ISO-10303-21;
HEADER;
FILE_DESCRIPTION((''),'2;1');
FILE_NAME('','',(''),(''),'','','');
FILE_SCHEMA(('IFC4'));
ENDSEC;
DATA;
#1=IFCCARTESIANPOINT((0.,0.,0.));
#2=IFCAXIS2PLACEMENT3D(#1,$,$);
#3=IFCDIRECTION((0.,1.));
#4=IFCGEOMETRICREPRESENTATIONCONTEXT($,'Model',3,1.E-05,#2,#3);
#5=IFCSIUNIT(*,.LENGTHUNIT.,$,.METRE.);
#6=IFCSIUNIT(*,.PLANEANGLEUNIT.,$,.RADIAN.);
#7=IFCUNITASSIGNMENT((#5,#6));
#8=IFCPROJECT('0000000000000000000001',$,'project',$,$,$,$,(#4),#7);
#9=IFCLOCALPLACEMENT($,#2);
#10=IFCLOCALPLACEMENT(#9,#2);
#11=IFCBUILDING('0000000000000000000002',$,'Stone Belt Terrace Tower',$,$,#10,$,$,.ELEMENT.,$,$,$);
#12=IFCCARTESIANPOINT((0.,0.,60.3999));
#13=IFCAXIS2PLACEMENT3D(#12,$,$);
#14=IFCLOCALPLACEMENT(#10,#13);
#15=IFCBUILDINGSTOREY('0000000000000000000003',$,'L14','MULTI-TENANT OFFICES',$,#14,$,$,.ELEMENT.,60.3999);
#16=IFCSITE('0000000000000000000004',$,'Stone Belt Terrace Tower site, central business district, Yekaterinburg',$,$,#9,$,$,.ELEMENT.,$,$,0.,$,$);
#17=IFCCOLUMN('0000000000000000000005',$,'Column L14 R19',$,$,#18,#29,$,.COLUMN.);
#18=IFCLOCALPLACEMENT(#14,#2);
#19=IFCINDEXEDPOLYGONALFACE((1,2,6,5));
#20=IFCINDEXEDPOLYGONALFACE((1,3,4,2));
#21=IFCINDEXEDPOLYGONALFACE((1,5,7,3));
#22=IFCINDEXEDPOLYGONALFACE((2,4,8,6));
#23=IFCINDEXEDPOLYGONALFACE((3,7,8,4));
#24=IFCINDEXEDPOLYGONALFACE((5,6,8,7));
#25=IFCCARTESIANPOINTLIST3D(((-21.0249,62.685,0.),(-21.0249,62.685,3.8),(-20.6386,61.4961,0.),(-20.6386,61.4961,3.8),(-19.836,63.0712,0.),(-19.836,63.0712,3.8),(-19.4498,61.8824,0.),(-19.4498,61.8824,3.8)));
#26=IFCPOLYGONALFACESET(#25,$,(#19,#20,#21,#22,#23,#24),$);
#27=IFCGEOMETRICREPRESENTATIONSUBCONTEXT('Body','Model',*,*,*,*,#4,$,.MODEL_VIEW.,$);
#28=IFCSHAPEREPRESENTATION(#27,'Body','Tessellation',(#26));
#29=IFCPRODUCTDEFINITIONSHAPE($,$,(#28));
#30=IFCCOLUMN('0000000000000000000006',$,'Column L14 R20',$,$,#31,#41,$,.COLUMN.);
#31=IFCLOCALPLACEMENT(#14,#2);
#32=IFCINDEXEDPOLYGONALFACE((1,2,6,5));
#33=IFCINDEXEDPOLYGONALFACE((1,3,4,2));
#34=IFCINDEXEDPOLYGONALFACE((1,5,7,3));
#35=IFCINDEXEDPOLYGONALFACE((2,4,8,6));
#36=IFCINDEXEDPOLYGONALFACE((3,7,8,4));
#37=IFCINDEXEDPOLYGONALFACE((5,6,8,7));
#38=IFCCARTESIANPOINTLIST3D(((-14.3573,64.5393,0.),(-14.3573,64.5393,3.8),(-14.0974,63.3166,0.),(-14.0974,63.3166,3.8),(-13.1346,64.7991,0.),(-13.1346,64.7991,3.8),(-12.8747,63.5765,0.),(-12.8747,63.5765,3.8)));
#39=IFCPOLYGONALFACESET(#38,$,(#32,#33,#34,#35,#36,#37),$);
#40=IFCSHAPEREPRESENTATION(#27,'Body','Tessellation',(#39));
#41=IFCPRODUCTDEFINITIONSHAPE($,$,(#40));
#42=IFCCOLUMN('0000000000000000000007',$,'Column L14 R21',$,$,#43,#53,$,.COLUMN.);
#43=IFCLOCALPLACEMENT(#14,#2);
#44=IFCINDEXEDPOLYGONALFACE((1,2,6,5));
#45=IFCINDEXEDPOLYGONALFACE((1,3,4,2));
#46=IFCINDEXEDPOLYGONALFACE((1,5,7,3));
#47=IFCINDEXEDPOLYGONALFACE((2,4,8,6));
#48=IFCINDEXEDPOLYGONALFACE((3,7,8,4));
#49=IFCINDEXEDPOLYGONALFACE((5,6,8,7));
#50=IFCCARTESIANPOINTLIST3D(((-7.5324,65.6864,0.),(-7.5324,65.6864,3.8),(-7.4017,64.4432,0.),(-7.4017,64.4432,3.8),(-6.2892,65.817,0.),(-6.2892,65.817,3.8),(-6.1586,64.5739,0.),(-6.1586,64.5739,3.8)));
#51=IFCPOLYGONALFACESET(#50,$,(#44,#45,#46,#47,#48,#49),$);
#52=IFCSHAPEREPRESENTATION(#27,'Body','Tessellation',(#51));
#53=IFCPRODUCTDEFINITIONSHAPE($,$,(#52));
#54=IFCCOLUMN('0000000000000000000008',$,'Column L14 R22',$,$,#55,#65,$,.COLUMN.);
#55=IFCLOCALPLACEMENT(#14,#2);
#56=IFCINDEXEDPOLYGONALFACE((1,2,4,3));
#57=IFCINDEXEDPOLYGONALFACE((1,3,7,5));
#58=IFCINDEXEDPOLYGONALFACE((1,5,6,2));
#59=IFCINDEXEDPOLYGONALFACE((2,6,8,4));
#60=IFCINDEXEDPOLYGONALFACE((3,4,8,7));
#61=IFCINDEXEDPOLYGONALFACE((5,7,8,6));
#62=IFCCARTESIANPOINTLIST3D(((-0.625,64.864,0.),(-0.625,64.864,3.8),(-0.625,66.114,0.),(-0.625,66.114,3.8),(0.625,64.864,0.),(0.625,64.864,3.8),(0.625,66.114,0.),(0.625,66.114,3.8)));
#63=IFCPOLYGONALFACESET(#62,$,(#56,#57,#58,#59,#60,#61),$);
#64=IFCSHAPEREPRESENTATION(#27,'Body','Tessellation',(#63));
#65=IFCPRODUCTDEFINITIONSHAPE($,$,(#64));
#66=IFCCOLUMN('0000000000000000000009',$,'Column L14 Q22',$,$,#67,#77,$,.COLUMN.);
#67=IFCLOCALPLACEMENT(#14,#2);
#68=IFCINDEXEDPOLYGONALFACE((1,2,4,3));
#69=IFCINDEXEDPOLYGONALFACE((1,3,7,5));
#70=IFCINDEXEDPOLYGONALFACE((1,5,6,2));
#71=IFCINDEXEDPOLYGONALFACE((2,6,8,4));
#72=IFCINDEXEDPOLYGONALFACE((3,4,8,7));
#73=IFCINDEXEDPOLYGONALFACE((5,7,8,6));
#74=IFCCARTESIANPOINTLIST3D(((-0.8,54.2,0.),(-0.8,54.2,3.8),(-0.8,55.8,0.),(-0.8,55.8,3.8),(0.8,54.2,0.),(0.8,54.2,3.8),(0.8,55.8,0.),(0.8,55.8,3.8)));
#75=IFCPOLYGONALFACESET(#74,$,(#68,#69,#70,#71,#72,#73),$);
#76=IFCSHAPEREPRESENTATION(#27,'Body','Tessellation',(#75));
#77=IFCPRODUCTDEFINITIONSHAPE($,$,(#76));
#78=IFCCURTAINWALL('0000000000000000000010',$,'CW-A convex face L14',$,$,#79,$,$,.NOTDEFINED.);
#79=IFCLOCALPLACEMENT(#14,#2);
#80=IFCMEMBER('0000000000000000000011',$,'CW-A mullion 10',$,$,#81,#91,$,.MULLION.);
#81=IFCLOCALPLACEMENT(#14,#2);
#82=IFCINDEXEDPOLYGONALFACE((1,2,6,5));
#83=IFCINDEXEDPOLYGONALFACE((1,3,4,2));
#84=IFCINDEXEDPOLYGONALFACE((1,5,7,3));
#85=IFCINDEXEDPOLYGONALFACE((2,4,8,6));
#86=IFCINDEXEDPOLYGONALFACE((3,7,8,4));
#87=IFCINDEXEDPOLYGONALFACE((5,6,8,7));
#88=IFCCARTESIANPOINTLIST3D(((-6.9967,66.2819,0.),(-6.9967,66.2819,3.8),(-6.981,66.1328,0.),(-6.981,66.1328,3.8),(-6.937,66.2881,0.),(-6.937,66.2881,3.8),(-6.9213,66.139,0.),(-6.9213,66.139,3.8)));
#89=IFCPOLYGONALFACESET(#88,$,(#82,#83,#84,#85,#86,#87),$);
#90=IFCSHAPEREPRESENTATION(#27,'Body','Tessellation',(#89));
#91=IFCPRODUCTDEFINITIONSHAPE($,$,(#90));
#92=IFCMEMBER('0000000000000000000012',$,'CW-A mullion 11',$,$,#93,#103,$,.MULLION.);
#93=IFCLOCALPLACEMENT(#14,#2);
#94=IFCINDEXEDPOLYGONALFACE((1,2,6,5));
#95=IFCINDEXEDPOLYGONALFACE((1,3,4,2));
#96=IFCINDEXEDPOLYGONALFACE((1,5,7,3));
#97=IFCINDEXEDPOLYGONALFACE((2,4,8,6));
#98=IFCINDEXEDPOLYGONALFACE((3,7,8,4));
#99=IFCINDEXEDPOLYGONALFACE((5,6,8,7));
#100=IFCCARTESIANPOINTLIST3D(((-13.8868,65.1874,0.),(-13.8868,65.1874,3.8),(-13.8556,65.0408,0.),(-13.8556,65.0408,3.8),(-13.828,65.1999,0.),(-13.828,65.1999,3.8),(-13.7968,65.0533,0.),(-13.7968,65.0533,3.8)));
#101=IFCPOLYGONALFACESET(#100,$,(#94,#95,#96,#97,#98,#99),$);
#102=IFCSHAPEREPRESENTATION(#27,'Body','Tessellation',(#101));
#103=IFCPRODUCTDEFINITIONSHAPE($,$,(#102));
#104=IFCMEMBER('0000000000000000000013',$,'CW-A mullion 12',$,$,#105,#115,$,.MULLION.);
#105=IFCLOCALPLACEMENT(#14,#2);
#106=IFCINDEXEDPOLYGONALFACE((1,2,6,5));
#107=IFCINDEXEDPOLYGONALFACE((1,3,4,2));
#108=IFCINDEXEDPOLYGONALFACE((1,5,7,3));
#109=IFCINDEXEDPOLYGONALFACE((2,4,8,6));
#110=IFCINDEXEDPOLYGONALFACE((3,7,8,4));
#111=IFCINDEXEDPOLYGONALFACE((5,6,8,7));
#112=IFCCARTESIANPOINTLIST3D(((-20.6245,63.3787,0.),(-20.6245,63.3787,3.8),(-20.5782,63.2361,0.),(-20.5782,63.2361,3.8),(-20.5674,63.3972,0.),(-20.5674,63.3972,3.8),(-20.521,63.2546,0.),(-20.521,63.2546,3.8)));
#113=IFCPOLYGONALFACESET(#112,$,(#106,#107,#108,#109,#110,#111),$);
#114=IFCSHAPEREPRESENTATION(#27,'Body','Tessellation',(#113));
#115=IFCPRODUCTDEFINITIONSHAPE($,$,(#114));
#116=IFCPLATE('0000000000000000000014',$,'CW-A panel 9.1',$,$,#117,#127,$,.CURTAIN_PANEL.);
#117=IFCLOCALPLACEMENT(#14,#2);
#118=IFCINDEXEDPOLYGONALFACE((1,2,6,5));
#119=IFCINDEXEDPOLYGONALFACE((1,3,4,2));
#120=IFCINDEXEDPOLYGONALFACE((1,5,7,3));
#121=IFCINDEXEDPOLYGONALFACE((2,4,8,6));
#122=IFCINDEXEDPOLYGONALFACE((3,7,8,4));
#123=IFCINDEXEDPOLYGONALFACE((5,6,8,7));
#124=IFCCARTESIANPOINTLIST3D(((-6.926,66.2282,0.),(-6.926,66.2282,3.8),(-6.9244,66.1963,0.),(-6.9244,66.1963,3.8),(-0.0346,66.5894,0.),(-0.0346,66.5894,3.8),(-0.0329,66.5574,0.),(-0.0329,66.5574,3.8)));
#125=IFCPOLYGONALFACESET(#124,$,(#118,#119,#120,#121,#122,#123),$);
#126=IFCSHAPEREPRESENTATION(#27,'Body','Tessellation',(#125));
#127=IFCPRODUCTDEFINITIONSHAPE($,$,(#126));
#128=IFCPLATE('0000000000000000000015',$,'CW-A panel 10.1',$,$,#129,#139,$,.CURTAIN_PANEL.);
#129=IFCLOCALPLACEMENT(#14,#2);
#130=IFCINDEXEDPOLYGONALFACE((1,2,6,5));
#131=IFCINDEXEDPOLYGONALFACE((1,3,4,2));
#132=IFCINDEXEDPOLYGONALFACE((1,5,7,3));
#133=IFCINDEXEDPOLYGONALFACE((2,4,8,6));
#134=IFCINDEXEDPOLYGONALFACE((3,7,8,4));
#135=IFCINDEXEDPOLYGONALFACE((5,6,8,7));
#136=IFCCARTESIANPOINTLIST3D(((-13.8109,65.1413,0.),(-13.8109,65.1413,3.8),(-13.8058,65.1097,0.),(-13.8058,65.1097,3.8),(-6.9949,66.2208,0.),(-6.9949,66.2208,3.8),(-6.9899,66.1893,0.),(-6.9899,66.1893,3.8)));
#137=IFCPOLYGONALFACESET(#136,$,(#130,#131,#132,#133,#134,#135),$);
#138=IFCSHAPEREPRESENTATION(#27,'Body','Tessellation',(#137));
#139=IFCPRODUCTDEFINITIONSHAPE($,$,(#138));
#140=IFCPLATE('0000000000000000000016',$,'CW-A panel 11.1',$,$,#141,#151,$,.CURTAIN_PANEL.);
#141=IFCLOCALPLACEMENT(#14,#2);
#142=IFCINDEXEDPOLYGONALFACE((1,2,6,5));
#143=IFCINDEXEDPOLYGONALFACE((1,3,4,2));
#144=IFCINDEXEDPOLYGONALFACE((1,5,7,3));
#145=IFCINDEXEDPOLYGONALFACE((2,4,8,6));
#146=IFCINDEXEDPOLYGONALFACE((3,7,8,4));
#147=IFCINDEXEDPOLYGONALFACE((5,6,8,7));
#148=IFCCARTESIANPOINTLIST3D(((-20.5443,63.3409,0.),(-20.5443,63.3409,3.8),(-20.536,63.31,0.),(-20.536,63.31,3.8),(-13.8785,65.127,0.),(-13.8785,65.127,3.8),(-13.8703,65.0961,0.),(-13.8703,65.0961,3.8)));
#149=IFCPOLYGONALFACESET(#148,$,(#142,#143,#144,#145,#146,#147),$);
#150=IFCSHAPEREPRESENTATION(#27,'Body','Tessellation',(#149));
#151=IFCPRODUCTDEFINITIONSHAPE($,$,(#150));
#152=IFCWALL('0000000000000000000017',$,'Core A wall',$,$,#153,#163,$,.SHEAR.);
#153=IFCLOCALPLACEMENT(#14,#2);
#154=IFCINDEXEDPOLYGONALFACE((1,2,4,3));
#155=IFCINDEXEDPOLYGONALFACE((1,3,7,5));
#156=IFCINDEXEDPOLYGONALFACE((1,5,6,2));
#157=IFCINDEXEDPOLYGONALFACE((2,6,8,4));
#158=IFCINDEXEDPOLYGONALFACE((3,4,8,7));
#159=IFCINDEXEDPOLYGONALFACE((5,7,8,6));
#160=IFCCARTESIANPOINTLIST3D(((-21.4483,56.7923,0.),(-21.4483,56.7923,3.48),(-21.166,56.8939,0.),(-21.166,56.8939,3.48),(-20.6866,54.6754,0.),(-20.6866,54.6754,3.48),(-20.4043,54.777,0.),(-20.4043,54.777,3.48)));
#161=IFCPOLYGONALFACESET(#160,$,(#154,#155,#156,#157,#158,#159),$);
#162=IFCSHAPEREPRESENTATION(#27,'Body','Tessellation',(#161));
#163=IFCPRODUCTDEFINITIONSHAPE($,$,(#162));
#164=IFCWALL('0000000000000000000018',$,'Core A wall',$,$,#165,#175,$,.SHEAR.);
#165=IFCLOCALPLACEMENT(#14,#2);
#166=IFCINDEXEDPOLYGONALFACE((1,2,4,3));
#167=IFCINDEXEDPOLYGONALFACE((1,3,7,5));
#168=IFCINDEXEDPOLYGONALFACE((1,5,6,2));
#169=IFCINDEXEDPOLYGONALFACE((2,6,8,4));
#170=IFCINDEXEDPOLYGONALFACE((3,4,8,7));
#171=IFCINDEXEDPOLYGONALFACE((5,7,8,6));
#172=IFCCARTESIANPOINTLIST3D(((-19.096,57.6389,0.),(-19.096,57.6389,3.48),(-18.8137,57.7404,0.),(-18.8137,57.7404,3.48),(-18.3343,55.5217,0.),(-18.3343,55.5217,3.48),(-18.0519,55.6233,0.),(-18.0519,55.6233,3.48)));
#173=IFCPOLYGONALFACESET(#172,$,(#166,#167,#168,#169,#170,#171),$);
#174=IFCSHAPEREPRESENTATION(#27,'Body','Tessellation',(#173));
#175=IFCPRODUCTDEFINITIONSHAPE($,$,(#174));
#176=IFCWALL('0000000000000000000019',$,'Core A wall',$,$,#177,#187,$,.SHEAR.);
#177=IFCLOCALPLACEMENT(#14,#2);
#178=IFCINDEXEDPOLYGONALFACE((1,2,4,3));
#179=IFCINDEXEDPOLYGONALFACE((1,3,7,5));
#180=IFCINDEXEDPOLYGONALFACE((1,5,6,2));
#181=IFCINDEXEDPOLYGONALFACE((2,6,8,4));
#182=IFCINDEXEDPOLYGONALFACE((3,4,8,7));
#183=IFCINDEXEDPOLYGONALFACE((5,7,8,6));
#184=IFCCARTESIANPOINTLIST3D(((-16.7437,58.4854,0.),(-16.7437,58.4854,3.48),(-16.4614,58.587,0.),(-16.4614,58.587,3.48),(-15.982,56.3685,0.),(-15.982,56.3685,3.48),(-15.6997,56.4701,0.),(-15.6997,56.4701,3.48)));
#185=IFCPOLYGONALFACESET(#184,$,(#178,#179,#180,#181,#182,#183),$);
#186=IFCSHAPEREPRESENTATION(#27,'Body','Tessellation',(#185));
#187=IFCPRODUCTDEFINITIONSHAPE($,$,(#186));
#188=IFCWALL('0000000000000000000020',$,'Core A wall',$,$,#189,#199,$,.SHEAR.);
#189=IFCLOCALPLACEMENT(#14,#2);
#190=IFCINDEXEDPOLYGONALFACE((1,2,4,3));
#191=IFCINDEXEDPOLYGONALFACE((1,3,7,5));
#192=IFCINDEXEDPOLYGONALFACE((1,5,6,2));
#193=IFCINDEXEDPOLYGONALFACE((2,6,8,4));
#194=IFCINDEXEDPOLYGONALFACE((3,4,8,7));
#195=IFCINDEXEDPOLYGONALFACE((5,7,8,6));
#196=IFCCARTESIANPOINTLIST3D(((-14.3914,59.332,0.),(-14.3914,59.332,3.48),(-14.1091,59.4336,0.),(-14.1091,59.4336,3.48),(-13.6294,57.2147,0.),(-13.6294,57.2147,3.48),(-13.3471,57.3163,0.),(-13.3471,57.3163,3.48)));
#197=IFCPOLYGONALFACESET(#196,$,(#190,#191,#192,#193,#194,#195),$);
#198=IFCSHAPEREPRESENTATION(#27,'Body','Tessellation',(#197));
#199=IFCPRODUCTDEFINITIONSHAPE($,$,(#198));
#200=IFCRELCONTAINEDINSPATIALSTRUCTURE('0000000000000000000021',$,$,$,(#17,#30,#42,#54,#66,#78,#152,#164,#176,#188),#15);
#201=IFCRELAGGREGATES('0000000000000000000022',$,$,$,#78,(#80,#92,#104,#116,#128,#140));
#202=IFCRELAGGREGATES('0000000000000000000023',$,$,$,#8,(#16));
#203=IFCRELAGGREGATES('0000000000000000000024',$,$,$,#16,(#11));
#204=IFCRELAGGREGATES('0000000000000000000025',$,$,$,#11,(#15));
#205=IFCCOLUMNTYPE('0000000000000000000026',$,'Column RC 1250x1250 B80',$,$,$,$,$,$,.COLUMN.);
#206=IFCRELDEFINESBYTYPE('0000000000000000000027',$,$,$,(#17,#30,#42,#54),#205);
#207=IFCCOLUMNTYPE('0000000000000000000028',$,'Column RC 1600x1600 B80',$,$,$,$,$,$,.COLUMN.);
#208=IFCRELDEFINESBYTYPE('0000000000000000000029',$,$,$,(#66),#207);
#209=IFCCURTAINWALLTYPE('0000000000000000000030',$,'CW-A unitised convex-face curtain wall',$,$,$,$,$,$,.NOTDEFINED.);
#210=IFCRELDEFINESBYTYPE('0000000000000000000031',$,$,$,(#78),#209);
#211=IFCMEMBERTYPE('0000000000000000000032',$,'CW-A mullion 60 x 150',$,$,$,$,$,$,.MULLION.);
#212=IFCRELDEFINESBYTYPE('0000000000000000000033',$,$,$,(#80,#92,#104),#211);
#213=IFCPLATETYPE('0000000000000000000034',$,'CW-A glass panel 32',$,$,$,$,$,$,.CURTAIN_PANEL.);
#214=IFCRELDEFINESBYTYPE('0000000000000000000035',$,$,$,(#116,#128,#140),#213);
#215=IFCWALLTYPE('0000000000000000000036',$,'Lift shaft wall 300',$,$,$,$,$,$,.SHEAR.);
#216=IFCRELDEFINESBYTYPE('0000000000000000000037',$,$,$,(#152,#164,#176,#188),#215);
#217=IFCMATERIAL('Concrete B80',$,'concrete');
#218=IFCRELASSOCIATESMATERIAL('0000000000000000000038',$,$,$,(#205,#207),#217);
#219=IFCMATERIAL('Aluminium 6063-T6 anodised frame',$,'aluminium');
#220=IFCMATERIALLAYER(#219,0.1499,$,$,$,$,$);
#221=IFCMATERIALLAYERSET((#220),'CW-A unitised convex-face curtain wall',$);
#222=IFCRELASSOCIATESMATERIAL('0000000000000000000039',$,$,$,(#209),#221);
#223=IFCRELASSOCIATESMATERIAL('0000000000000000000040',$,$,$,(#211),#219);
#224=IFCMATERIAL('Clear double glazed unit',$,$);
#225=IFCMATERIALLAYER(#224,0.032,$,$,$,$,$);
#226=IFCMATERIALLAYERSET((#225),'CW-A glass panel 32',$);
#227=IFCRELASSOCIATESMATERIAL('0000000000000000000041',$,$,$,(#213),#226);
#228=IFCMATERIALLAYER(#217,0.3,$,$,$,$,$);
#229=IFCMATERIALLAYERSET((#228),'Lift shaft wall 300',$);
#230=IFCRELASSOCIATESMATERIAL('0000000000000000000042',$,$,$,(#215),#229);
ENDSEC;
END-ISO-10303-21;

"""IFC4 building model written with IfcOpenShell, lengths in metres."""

from ifc_helpers import new_model, si_unit, direction, frame, frame_2d, origin, origin_2d, place, context, subcontext, project, spatial, rectangle, extrude, material, layer, layer_set, material_profile, profile_set, type_object, element, aggregate, save


model = new_model("IFC4")

# Units and contexts
model_context = context("Model", 3, precision=1e-05, world=origin(), true_north=direction((0.0, 1.0)))
body_context = subcontext(model_context, "Body", "Model", "MODEL_VIEW")
ifc_project = project(units=[si_unit("LENGTHUNIT", "METRE"), si_unit("PLANEANGLEUNIT", "RADIAN")], contexts=[model_context])

# Site, building, storey
site_placement = place(None, origin())
site = spatial("IfcSite", under=ifc_project, at=site_placement, Name="Stone Belt Terrace Tower site, central business district, Yekaterinburg", CompositionType="ELEMENT", RefElevation=0.0)
building_placement = place(site_placement, origin())
building = spatial("IfcBuilding", under=site, at=building_placement, Name="Stone Belt Terrace Tower", CompositionType="ELEMENT")
storey_placement = place(building_placement, frame((0.0, 0.0, 60.3999)))
storey = spatial("IfcBuildingStorey", under=building, at=storey_placement, Name="L14", Description="MULTI-TENANT OFFICES", CompositionType="ELEMENT", Elevation=60.3999)

# Columns
ifc_material_1 = material(Name="Concrete B80", Category="concrete")
ifc_material_profile_1 = material_profile(ifc_material_1, rectangle(XDim=1.25, YDim=1.25, at=origin_2d()), Name="RC 1250x1250")
ifc_profile_set_1 = profile_set([ifc_material_profile_1], Name="Concrete B80")
column_type_1 = type_object("IfcColumnType", Name="Column RC 1250x1250 B80", PredefinedType="COLUMN", material=ifc_profile_set_1)
for number, where, z_axis, x_axis, name in (
    (1, (-20.2373, 62.2837, 0.0), (0.0, 0.0, 1.0), (0.951057, 0.309017, 0.0), "Column L14 R19"),
    (2, (-13.616, 64.0579, 0.0), (0.0, 0.0, 1.0), (0.978148, 0.207912, 0.0), "Column L14 R20"),
    (3, (-6.8455, 65.1301, 0.0), (0.0, 0.0, 1.0), (0.994522, 0.104528, 0.0), "Column L14 R21"),
    (4, (0.0, 65.489, 0.0), (0.0, 0.0, 1.0), (1.0, 0.0, 0.0), "Column L14 R22"),
):
    element("IfcColumn", number, at=place(storey_placement, frame(where, z_axis=z_axis, x_axis=x_axis)), inside=storey, type_object=column_type_1, Name=name, PredefinedType="COLUMN", context=body_context, shape_type="SweptSolid", body=[
        extrude(rectangle(XDim=1.25, YDim=1.25, at=origin_2d()), origin(), (0.0, 0.0, 1.0), 3.8),
    ])
ifc_material_profile_2 = material_profile(ifc_material_1, rectangle(XDim=1.6001, YDim=1.6001, at=origin_2d()), Name="RC 1600x1600")
ifc_profile_set_2 = profile_set([ifc_material_profile_2], Name="Concrete B80")
column_type_2 = type_object("IfcColumnType", Name="Column RC 1600x1600 B80", PredefinedType="COLUMN", material=ifc_profile_set_2)
column_placement = place(storey_placement, frame((0.0, 55.0, 0.0), z_axis=(0.0, 0.0, 1.0), x_axis=(1.0, 0.0, 0.0)))
element("IfcColumn", 5, at=column_placement, inside=storey, type_object=column_type_2, Name="Column L14 Q22", PredefinedType="COLUMN", context=body_context, shape_type="SweptSolid", body=[
    extrude(rectangle(XDim=1.6001, YDim=1.6001, at=origin_2d()), origin(), (0.0, 0.0, 1.0), 3.8),
])

# Curtain wall, members, plates
ifc_material_2 = material(Name="Aluminium 6063-T6 anodised frame", Category="aluminium")
ifc_layer_1 = layer(ifc_material_2, 0.1499)
ifc_layer_set_1 = layer_set([ifc_layer_1], Name="CW-A unitised convex-face curtain wall")
curtain_wall_type = type_object("IfcCurtainWallType", Name="CW-A unitised convex-face curtain wall", PredefinedType="NOTDEFINED", material=ifc_layer_set_1)
curtain_wall_placement = place(storey_placement, origin())
curtain_wall = element("IfcCurtainWall", 6, at=curtain_wall_placement, inside=storey, type_object=curtain_wall_type, Name="CW-A convex face L14", PredefinedType="NOTDEFINED")
ifc_material_profile_3 = material_profile(ifc_material_2, rectangle(XDim=0.1499, YDim=0.0601, at=origin_2d()), Name="Aluminium 6063-T6 60x150")
ifc_profile_set_3 = profile_set([ifc_material_profile_3], Name="Aluminium 6063-T6 anodised frame")
member_type = type_object("IfcMemberType", Name="CW-A mullion 60 x 150", PredefinedType="MULLION", material=ifc_profile_set_3)
member_1_placement = place(storey_placement, frame((-6.959, 66.2104, 0.0), z_axis=(0.0, 0.0, 1.0), x_axis=(0.104528, -0.994522, 0.0)))
member_1 = element("IfcMember", 7, at=member_1_placement, type_object=member_type, Name="CW-A mullion 10", PredefinedType="MULLION", context=body_context, shape_type="SweptSolid", body=[
    extrude(rectangle(XDim=0.1499, YDim=0.0601, at=origin_2d()), origin(), (0.0, 0.0, 1.0), 3.8),
])
member_2_placement = place(storey_placement, frame((-13.8418, 65.1204, 0.0), z_axis=(0.0, 0.0, 1.0), x_axis=(0.207912, -0.978148, 0.0)))
member_2 = element("IfcMember", 8, at=member_2_placement, type_object=member_type, Name="CW-A mullion 11", PredefinedType="MULLION", context=body_context, shape_type="SweptSolid", body=[
    extrude(rectangle(XDim=0.1499, YDim=0.0601, at=origin_2d()), origin(), (0.0, 0.0, 1.0), 3.8),
])
member_3_placement = place(storey_placement, frame((-20.5728, 63.3167, 0.0), z_axis=(0.0, 0.0, 1.0), x_axis=(0.309017, -0.951057, 0.0)))
member_3 = element("IfcMember", 9, at=member_3_placement, type_object=member_type, Name="CW-A mullion 12", PredefinedType="MULLION", context=body_context, shape_type="SweptSolid", body=[
    extrude(rectangle(XDim=0.1499, YDim=0.0601, at=origin_2d()), origin(), (0.0, 0.0, 1.0), 3.8),
])
ifc_material_3 = material(Name="Clear double glazed unit")
ifc_layer_2 = layer(ifc_material_3, 0.032)
ifc_layer_set_2 = layer_set([ifc_layer_2], Name="CW-A glass panel 32")
plate_type = type_object("IfcPlateType", Name="CW-A glass panel 32", PredefinedType="CURTAIN_PANEL", material=ifc_layer_set_2)
plate_1_placement = place(storey_placement, frame((-3.4795, 66.3928, 0.0), z_axis=(0.0, 0.0, 1.0), x_axis=(-0.99863, -0.052336, 0.0)))
plate_1 = element("IfcPlate", 10, at=plate_1_placement, type_object=plate_type, Name="CW-A panel 9.1", PredefinedType="CURTAIN_PANEL", context=body_context, shape_type="SweptSolid", body=[
    extrude(rectangle(XDim=6.9009, YDim=0.032, at=origin_2d()), origin(), (0.0, 0.0, 1.0), 3.8),
])
plate_2_placement = place(storey_placement, frame((-10.4004, 65.6653, 0.0), z_axis=(0.0, 0.0, 1.0), x_axis=(-0.987688, -0.156434, 0.0)))
plate_2 = element("IfcPlate", 11, at=plate_2_placement, type_object=plate_type, Name="CW-A panel 10.1", PredefinedType="CURTAIN_PANEL", context=body_context, shape_type="SweptSolid", body=[
    extrude(rectangle(XDim=6.9009, YDim=0.032, at=origin_2d()), origin(), (0.0, 0.0, 1.0), 3.8),
])
plate_3_placement = place(storey_placement, frame((-17.2073, 64.2185, 0.0), z_axis=(0.0, 0.0, 1.0), x_axis=(-0.965926, -0.258819, 0.0)))
plate_3 = element("IfcPlate", 12, at=plate_3_placement, type_object=plate_type, Name="CW-A panel 11.1", PredefinedType="CURTAIN_PANEL", context=body_context, shape_type="SweptSolid", body=[
    extrude(rectangle(XDim=6.9009, YDim=0.032, at=origin_2d()), origin(), (0.0, 0.0, 1.0), 3.8),
])
aggregate(curtain_wall, [member_1, member_2, member_3, plate_1, plate_2, plate_3])

# Walls
ifc_layer_3 = layer(ifc_material_1, 0.3)
ifc_layer_set_3 = layer_set([ifc_layer_3], Name="Lift shaft wall 300")
wall_type_1 = type_object("IfcWallType", Name="Lift shaft wall 300", PredefinedType="SHEAR", material=ifc_layer_set_3)
wall_1_placement = place(storey_placement, frame((-20.5454, 54.7261, 0.0), z_axis=(0.0, 0.0, 1.0), x_axis=(-0.33857, 0.940941, 0.0)))
element("IfcWall", 13, at=wall_1_placement, inside=storey, type_object=wall_type_1, Name="Core A wall", PredefinedType="SHEAR", context=body_context, shape_type="SweptSolid", body=[
    extrude(rectangle(XDim=2.2498, YDim=0.3, at=frame_2d((1.125, 0.0))), origin(), (0.0, 0.0, 1.0), 3.48),
])
wall_2_placement = place(storey_placement, frame((-18.1931, 55.5725, 0.0), z_axis=(0.0, 0.0, 1.0), x_axis=(-0.338535, 0.940954, 0.0)))
element("IfcWall", 14, at=wall_2_placement, inside=storey, type_object=wall_type_1, Name="Core A wall", PredefinedType="SHEAR", context=body_context, shape_type="SweptSolid", body=[
    extrude(rectangle(XDim=2.25, YDim=0.3, at=frame_2d((1.125, 0.0))), origin(), (0.0, 0.0, 1.0), 3.48),
])
wall_3_placement = place(storey_placement, frame((-15.8408, 56.4192, 0.0), z_axis=(0.0, 0.0, 1.0), x_axis=(-0.33857, 0.940941, 0.0)))
element("IfcWall", 15, at=wall_3_placement, inside=storey, type_object=wall_type_1, Name="Core A wall", PredefinedType="SHEAR", context=body_context, shape_type="SweptSolid", body=[
    extrude(rectangle(XDim=2.2498, YDim=0.3, at=frame_2d((1.125, 0.0))), origin(), (0.0, 0.0, 1.0), 3.48),
])
wall_4_placement = place(storey_placement, frame((-13.4883, 57.2656, 0.0), z_axis=(0.0, 0.0, 1.0), x_axis=(-0.338631, 0.940919, 0.0)))
element("IfcWall", 16, at=wall_4_placement, inside=storey, type_object=wall_type_1, Name="Core A wall", PredefinedType="SHEAR", context=body_context, shape_type="SweptSolid", body=[
    extrude(rectangle(XDim=2.2502, YDim=0.3, at=frame_2d((1.125, 0.0))), origin(), (0.0, 0.0, 1.0), 3.48),
])

save(model, "model.ifc")
